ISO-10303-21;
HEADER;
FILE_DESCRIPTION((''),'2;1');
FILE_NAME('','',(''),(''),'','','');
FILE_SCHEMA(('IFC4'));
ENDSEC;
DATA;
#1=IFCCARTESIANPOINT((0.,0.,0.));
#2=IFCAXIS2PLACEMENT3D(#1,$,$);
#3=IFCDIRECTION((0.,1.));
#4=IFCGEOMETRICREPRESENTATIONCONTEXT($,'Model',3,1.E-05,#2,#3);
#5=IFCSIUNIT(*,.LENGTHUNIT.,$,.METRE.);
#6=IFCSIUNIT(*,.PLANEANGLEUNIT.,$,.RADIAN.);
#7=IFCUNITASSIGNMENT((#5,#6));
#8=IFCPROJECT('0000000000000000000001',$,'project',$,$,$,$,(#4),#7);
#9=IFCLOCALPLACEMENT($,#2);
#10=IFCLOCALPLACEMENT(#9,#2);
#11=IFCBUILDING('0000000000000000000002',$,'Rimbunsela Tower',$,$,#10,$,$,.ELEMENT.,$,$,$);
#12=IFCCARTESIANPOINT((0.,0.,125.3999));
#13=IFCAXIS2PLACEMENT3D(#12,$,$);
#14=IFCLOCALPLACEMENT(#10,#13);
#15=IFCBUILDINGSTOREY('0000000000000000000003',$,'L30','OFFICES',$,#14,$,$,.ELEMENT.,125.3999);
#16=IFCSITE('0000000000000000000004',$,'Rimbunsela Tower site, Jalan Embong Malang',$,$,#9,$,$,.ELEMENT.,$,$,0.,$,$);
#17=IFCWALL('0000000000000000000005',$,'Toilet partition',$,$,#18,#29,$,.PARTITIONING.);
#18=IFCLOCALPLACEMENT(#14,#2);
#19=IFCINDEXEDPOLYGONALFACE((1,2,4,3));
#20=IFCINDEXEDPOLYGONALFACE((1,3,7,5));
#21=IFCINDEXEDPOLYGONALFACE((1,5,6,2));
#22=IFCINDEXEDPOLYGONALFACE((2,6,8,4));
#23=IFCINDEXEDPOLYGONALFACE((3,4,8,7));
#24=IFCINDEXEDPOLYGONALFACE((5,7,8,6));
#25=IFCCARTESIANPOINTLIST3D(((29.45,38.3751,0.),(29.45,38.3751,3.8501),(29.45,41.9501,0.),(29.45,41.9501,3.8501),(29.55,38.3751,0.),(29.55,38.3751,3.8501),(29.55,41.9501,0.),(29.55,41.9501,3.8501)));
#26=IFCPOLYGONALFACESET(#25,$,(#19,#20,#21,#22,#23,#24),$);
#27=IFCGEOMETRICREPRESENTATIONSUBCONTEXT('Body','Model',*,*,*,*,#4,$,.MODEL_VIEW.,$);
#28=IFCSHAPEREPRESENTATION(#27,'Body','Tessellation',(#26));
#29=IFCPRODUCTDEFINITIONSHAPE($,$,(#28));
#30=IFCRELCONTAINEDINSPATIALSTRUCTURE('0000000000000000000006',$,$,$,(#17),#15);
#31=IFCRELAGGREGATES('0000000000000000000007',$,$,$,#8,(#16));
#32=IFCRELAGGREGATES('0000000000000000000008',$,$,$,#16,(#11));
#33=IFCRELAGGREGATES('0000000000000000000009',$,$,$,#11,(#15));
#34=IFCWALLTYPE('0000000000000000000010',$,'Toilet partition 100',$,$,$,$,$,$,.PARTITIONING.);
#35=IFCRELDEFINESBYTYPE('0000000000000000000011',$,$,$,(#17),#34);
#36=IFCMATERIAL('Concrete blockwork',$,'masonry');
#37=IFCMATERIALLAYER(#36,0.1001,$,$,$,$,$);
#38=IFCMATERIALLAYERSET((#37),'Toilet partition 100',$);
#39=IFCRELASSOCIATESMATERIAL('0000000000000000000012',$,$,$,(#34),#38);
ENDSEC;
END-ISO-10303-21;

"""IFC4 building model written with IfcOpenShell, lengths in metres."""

from ifc_helpers import new_model, si_unit, direction, frame, frame_2d, origin, place, context, subcontext, project, spatial, rectangle, extrude, material, layer, layer_set, type_object, element, save


model = new_model("IFC4")

# Units and contexts
model_context = context("Model", 3, precision=1e-05, world=origin(), true_north=direction((0.0, 1.0)))
body_context = subcontext(model_context, "Body", "Model", "MODEL_VIEW")
ifc_project = project(units=[si_unit("LENGTHUNIT", "METRE"), si_unit("PLANEANGLEUNIT", "RADIAN")], contexts=[model_context])

# Site, building, storey
site_placement = place(None, origin())
site = spatial("IfcSite", under=ifc_project, at=site_placement, Name="Rimbunsela Tower site, Jalan Embong Malang", CompositionType="ELEMENT", RefElevation=0.0)
building_placement = place(site_placement, origin())
building = spatial("IfcBuilding", under=site, at=building_placement, Name="Rimbunsela Tower", CompositionType="ELEMENT")
storey_placement = place(building_placement, frame((0.0, 0.0, 125.3999)))
storey = spatial("IfcBuildingStorey", under=building, at=storey_placement, Name="L30", Description="OFFICES", CompositionType="ELEMENT", Elevation=125.3999)

# Wall
ifc_material_1 = material(Name="Concrete blockwork", Category="masonry")
ifc_layer_1 = layer(ifc_material_1, 0.1001)
ifc_layer_set_1 = layer_set([ifc_layer_1], Name="Toilet partition 100")
wall_type_1 = type_object("IfcWallType", Name="Toilet partition 100", PredefinedType="PARTITIONING", material=ifc_layer_set_1)
for number, where, z_axis, x_axis, name in (
    (1, (29.5, 38.375, 0.0), (0.0, 0.0, 1.0), (0.0, 1.0, 0.0), "Toilet partition"),
):
    element("IfcWall", number, at=place(storey_placement, frame(where, z_axis=z_axis, x_axis=x_axis)), inside=storey, type_object=wall_type_1, Name=name, PredefinedType="PARTITIONING", context=body_context, shape_type="SweptSolid", body=[
        extrude(rectangle(XDim=3.575, YDim=0.1001, at=frame_2d((1.7876, 0.0))), origin(), (0.0, 0.0, 1.0), 3.8501),
    ])

save(model, "model.ifc")
